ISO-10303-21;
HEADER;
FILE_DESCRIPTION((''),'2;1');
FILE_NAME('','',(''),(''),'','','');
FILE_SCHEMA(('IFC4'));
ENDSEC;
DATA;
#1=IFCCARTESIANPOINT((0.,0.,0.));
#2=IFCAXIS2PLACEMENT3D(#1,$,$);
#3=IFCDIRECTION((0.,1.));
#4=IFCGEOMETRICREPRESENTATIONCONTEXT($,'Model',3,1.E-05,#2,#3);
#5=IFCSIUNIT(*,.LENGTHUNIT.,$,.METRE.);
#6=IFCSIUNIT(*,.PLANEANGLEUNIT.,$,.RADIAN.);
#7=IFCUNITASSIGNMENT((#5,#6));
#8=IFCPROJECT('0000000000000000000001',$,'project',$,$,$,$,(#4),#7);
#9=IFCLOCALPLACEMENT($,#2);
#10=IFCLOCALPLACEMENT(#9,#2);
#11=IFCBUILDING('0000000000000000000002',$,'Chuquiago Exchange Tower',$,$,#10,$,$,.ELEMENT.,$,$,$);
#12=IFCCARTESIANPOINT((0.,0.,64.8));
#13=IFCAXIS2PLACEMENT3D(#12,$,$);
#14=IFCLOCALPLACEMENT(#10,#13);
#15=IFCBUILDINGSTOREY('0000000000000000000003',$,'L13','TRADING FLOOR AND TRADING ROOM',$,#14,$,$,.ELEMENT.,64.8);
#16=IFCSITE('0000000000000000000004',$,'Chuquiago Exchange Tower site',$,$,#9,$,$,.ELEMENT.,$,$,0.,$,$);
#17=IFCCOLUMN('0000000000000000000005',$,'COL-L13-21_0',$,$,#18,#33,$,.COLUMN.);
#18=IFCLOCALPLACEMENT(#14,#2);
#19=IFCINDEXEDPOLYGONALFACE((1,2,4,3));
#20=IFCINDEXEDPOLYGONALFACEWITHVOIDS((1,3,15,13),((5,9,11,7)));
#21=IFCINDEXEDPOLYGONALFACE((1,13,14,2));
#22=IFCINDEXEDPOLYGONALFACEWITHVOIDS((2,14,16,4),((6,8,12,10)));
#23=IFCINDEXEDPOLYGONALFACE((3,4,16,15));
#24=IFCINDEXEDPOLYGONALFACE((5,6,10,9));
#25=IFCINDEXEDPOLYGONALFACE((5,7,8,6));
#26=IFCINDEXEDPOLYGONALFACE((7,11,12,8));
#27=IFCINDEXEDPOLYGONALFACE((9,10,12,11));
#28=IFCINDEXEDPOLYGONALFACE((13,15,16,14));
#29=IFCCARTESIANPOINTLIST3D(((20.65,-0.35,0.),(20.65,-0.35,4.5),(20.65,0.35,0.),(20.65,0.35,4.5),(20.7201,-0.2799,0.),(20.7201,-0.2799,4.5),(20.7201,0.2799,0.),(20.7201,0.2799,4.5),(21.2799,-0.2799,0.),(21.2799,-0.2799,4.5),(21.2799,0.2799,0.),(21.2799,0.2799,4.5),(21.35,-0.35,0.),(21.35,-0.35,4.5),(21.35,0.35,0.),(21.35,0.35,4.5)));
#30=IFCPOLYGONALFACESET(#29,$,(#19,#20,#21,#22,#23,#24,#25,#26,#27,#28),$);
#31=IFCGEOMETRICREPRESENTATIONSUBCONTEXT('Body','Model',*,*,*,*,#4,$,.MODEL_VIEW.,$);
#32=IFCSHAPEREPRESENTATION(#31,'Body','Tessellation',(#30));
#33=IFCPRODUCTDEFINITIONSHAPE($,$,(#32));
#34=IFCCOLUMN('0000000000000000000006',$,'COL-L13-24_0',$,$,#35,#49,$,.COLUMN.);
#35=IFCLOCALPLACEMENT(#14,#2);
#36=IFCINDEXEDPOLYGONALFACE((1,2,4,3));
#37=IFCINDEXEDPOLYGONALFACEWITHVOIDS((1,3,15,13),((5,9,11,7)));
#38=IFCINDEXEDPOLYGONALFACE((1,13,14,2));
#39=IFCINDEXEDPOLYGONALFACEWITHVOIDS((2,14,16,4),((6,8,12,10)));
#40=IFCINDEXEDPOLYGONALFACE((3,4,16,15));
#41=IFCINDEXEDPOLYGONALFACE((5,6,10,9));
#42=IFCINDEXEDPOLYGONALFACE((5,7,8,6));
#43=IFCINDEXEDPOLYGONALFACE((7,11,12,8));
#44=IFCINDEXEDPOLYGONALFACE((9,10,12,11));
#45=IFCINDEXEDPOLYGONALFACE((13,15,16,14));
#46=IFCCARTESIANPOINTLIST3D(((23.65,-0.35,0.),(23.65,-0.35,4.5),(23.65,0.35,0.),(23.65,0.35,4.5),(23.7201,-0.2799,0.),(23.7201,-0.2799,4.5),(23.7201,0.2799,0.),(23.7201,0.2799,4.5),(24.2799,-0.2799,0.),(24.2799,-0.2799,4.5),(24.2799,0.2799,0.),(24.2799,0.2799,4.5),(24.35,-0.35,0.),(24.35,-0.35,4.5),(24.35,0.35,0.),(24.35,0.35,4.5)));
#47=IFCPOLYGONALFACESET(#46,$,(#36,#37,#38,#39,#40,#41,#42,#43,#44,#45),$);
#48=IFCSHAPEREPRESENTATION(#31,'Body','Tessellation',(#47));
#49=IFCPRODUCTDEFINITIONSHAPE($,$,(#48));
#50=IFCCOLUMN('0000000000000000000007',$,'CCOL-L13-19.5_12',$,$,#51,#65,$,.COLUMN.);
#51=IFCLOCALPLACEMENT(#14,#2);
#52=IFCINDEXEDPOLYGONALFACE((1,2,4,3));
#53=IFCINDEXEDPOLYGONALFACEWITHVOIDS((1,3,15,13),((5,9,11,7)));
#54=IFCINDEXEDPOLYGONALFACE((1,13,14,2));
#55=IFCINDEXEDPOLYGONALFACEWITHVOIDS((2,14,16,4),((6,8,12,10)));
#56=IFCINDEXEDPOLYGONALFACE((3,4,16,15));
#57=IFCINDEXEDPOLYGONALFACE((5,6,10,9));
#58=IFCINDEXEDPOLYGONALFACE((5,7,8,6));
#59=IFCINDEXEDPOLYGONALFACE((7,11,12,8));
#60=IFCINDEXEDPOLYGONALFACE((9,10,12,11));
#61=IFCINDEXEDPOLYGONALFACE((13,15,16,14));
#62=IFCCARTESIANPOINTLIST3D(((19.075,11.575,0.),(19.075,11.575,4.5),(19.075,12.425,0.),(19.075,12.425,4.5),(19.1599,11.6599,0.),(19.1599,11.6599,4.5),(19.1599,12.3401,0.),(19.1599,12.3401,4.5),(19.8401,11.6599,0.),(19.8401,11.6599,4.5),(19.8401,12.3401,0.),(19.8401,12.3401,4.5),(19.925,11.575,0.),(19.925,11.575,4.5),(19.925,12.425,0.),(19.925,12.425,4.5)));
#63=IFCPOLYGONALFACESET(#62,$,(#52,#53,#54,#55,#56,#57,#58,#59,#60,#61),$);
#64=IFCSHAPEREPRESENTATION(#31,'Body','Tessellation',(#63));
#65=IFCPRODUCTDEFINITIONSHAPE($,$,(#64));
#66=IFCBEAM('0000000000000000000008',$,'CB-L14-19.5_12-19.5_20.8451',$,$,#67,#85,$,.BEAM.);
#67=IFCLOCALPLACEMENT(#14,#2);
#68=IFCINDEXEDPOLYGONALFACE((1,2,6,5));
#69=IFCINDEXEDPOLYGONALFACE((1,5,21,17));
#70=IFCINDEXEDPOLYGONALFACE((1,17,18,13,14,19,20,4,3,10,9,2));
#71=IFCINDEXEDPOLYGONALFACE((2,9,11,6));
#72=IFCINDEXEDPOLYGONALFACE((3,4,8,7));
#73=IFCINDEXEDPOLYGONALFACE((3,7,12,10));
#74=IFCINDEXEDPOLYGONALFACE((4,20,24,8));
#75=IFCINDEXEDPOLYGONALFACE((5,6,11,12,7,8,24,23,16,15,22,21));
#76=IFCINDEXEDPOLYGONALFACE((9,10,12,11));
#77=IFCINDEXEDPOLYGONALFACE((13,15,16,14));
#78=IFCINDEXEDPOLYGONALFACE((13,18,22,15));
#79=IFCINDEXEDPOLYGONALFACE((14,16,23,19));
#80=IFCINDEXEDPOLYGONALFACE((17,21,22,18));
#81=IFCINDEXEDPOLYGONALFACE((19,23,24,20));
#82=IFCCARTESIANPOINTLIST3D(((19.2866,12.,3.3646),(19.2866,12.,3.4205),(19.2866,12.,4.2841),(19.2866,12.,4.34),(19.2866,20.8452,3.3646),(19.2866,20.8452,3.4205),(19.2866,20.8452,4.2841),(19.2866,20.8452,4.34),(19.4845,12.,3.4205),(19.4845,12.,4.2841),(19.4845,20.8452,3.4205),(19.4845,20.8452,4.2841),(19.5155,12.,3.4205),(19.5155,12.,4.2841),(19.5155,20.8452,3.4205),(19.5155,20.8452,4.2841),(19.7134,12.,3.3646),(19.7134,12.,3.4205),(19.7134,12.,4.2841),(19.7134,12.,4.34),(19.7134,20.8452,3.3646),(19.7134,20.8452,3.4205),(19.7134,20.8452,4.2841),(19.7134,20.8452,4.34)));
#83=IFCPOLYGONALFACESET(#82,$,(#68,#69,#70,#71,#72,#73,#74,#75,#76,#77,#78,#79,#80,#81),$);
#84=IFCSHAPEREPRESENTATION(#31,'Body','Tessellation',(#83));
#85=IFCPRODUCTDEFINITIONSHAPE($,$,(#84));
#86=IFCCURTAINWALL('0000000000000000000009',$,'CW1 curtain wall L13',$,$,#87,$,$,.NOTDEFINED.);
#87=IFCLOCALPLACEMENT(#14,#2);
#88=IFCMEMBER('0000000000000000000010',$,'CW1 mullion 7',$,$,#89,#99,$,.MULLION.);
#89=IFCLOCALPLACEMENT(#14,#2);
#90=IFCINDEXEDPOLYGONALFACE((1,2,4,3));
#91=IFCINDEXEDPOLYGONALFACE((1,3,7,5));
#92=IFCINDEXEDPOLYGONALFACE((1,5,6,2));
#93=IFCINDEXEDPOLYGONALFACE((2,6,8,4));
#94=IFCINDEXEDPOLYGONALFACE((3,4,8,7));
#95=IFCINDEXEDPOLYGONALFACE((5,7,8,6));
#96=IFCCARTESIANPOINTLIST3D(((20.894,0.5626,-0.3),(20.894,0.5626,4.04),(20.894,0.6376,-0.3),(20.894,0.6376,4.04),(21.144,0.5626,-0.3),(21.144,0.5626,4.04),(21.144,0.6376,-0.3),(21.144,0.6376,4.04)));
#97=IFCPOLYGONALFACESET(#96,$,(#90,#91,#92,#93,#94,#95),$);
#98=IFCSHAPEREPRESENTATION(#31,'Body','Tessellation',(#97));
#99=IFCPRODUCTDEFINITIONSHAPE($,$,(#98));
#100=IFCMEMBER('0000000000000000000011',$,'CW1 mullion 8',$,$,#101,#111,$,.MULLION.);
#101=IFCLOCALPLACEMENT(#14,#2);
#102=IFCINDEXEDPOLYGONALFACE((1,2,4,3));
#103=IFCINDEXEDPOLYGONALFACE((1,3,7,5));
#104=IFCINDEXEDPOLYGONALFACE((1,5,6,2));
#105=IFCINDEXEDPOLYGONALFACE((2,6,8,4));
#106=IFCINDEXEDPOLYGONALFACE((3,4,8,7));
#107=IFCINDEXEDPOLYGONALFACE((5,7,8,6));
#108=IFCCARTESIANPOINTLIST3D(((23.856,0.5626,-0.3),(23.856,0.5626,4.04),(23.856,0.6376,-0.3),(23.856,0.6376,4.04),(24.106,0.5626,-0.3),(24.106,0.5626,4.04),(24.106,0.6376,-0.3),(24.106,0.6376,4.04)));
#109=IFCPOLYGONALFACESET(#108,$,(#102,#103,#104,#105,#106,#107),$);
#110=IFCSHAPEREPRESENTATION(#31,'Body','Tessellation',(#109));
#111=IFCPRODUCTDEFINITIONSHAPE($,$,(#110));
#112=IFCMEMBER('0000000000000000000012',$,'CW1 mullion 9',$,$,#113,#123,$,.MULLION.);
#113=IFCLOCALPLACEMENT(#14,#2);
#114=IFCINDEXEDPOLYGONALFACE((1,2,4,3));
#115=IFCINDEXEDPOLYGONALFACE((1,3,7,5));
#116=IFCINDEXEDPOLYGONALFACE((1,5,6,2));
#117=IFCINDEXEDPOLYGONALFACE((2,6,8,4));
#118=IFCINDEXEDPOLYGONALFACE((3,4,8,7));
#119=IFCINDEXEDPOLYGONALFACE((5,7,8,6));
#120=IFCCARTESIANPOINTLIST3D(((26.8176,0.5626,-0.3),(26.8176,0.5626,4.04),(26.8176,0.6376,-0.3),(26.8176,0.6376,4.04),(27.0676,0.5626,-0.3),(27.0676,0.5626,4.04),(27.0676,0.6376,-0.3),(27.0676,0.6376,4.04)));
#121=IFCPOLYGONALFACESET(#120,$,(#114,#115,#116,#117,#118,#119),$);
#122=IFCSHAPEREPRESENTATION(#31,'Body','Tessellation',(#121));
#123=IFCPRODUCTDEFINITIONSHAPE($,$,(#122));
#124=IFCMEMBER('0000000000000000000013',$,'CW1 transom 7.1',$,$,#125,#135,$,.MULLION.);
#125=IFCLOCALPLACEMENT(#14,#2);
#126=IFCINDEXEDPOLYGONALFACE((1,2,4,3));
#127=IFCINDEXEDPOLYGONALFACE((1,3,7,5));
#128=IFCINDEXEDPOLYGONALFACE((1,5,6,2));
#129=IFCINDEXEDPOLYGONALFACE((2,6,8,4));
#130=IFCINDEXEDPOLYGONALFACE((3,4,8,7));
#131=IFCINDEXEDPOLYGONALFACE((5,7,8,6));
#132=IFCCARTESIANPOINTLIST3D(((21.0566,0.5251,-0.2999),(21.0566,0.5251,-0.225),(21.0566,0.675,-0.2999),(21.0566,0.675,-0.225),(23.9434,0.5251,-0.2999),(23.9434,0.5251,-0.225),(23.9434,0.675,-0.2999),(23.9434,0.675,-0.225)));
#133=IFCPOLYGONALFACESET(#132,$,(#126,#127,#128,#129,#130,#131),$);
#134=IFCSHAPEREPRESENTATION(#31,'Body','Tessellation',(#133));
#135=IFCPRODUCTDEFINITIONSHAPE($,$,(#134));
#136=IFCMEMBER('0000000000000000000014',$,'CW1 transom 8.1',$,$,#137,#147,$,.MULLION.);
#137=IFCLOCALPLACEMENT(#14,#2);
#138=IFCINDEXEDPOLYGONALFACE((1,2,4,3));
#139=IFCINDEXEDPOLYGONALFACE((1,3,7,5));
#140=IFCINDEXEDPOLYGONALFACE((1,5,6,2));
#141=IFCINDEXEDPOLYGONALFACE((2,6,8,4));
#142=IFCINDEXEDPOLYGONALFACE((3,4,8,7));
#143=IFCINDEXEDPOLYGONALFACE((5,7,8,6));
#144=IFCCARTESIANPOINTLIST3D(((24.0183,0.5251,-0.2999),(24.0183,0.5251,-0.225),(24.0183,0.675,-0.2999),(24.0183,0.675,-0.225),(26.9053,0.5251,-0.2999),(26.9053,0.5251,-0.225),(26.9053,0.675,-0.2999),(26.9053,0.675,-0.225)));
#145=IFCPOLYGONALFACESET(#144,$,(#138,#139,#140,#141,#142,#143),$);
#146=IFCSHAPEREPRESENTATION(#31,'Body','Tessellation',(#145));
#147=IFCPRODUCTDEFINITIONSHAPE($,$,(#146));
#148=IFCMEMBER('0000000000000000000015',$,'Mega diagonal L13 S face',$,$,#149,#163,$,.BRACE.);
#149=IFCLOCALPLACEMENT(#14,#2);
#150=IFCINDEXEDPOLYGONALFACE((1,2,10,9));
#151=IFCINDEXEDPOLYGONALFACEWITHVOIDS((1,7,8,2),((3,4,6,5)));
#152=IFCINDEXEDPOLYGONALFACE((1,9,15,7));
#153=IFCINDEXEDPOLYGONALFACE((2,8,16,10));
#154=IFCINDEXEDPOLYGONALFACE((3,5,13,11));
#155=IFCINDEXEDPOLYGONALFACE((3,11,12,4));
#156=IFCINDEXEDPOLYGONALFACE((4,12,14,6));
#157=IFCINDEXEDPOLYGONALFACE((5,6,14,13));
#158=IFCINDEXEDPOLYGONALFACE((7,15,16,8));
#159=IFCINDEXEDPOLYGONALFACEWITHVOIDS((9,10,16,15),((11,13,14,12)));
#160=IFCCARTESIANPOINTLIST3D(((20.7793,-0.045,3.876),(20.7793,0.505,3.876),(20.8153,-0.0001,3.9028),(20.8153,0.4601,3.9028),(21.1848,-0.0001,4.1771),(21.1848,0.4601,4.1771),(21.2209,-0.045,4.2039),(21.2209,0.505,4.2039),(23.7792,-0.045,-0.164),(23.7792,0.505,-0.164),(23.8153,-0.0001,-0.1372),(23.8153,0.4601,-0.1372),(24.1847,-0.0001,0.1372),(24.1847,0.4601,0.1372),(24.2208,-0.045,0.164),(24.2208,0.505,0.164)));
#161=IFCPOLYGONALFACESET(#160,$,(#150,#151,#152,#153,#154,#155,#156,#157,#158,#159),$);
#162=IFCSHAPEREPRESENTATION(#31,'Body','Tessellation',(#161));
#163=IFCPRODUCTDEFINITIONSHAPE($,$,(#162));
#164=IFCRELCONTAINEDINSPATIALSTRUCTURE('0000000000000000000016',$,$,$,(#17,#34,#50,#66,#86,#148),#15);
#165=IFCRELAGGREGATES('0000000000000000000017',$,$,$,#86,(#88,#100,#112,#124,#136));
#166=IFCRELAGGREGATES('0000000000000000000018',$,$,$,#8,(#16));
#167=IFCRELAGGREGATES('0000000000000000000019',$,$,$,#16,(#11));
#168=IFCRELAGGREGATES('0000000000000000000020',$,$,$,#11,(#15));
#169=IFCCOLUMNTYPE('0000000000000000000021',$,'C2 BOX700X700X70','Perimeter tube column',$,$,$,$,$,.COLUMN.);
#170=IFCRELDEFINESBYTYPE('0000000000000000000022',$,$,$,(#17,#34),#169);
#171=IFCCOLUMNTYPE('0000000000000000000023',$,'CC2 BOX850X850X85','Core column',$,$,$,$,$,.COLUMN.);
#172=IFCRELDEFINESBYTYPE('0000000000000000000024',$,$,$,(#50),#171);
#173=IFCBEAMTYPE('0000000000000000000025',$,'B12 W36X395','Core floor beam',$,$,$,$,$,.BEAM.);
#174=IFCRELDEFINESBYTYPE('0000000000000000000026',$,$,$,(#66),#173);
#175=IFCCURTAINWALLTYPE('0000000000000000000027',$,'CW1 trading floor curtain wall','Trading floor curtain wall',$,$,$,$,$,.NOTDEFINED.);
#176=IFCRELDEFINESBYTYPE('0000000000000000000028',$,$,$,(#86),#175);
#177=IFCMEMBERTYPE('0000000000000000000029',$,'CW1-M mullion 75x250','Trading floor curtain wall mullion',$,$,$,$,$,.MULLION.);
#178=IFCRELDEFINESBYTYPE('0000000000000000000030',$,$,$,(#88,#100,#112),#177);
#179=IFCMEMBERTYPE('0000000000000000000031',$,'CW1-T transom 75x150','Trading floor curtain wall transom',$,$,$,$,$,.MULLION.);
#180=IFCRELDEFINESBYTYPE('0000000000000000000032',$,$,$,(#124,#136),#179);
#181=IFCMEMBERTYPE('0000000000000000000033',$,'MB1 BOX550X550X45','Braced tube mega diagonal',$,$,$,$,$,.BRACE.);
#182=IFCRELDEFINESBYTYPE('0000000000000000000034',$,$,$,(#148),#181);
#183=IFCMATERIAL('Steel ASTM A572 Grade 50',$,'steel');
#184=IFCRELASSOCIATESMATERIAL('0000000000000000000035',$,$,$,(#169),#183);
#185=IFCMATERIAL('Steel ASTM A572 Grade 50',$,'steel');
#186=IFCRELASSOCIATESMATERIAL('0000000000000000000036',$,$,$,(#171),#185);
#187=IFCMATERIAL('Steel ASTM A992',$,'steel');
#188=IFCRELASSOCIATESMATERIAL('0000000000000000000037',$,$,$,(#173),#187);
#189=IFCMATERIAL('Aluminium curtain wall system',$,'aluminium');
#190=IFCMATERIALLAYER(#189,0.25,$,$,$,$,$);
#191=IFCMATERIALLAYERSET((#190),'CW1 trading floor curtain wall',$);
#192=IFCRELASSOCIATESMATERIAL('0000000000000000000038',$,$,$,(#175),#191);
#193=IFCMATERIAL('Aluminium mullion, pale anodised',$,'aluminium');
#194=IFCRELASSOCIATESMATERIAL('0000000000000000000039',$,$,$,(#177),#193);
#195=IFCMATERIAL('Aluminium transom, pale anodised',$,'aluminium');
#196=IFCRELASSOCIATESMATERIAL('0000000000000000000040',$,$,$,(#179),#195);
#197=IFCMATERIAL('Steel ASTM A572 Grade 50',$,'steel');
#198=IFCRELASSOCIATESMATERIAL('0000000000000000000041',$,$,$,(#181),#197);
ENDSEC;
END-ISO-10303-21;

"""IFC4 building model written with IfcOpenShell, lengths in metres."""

from ifc_helpers import new_model, si_unit, direction, frame, origin, origin_2d, place, context, subcontext, project, spatial, rectangle, hollow_rectangle, i_section, extrude, material, layer, layer_set, material_profile, profile_set, type_object, element, aggregate, save


model = new_model("IFC4")

# Units and contexts
model_context = context("Model", 3, precision=1e-05, world=origin(), true_north=direction((0.0, 1.0)))
body_context = subcontext(model_context, "Body", "Model", "MODEL_VIEW")
ifc_project = project(units=[si_unit("LENGTHUNIT", "METRE"), si_unit("PLANEANGLEUNIT", "RADIAN")], contexts=[model_context])

# Site, building, storey
site_placement = place(None, origin())
site = spatial("IfcSite", under=ifc_project, at=site_placement, Name="Chuquiago Exchange Tower site", CompositionType="ELEMENT", RefElevation=0.0)
building_placement = place(site_placement, origin())
building = spatial("IfcBuilding", under=site, at=building_placement, Name="Chuquiago Exchange Tower", CompositionType="ELEMENT")
storey_placement = place(building_placement, frame((0.0, 0.0, 64.8)))
storey = spatial("IfcBuildingStorey", under=building, at=storey_placement, Name="L13", Description="TRADING FLOOR AND TRADING ROOM", CompositionType="ELEMENT", Elevation=64.8)

# Columns
ifc_material_1 = material(Name="Steel ASTM A572 Grade 50", Category="steel")
ifc_material_profile_1 = material_profile(ifc_material_1, hollow_rectangle(XDim=0.7, YDim=0.7, WallThickness=0.0701, at=origin_2d()), Name="BOX700X700X70")
ifc_profile_set_1 = profile_set([ifc_material_profile_1], Name="Steel ASTM A572 Grade 50")
column_type_1 = type_object("IfcColumnType", Name="C2 BOX700X700X70", Description="Perimeter tube column", PredefinedType="COLUMN", material=ifc_profile_set_1)
for number, where, z_axis, x_axis, name in (
    (1, (21.0, 0.0, 0.0), (0.0, 0.0, 1.0), (0.0, -1.0, 0.0), "COL-L13-21_0"),
    (2, (24.0, 0.0, 0.0), (0.0, 0.0, 1.0), (0.0, -1.0, 0.0), "COL-L13-24_0"),
):
    element("IfcColumn", number, at=place(storey_placement, frame(where, z_axis=z_axis, x_axis=x_axis)), inside=storey, type_object=column_type_1, Name=name, PredefinedType="COLUMN", context=body_context, shape_type="SweptSolid", body=[
        extrude(hollow_rectangle(XDim=0.7, YDim=0.7, WallThickness=0.0701, at=origin_2d()), origin(), (0.0, 0.0, 1.0), 4.5),
    ])
ifc_material_2 = material(Name="Steel ASTM A572 Grade 50", Category="steel")
ifc_material_profile_2 = material_profile(ifc_material_2, hollow_rectangle(XDim=0.8501, YDim=0.8501, WallThickness=0.085, at=origin_2d()), Name="BOX850X850X85")
ifc_profile_set_2 = profile_set([ifc_material_profile_2], Name="Steel ASTM A572 Grade 50")
column_type_2 = type_object("IfcColumnType", Name="CC2 BOX850X850X85", Description="Core column", PredefinedType="COLUMN", material=ifc_profile_set_2)
column_placement = place(storey_placement, frame((19.5, 12.0, 0.0), z_axis=(0.0, 0.0, 1.0), x_axis=(1.0, 0.0, 0.0)))
element("IfcColumn", 3, at=column_placement, inside=storey, type_object=column_type_2, Name="CCOL-L13-19.5_12", PredefinedType="COLUMN", context=body_context, shape_type="SweptSolid", body=[
    extrude(hollow_rectangle(XDim=0.8501, YDim=0.8501, WallThickness=0.085, at=origin_2d()), origin(), (0.0, 0.0, 1.0), 4.5),
])

# Beam
ifc_material_3 = material(Name="Steel ASTM A992", Category="steel")
ifc_material_profile_3 = material_profile(ifc_material_3, i_section(OverallWidth=0.4268, OverallDepth=0.9753, WebThickness=0.031, FlangeThickness=0.0559, at=origin_2d()), Name="W36X395")
ifc_profile_set_3 = profile_set([ifc_material_profile_3], Name="Steel ASTM A992")
beam_type_1 = type_object("IfcBeamType", Name="B12 W36X395", Description="Core floor beam", PredefinedType="BEAM", material=ifc_profile_set_3)
beam_placement = place(storey_placement, frame((19.5, 12.0, 3.8523), z_axis=(0.0, 1.0, 0.0), x_axis=(-1.0, 0.0, 0.0)))
element("IfcBeam", 4, at=beam_placement, inside=storey, type_object=beam_type_1, Name="CB-L14-19.5_12-19.5_20.8451", PredefinedType="BEAM", context=body_context, shape_type="SweptSolid", body=[
    extrude(i_section(OverallWidth=0.4268, OverallDepth=0.9753, WebThickness=0.031, FlangeThickness=0.0559, at=origin_2d()), origin(), (0.0, 0.0, 1.0), 8.8452),
])

# Curtain wall, members
ifc_material_4 = material(Name="Aluminium curtain wall system", Category="aluminium")
ifc_layer_1 = layer(ifc_material_4, 0.25)
ifc_layer_set_1 = layer_set([ifc_layer_1], Name="CW1 trading floor curtain wall")
curtain_wall_type = type_object("IfcCurtainWallType", Name="CW1 trading floor curtain wall", Description="Trading floor curtain wall", PredefinedType="NOTDEFINED", material=ifc_layer_set_1)
curtain_wall_placement = place(storey_placement, origin())
curtain_wall = element("IfcCurtainWall", 5, at=curtain_wall_placement, inside=storey, type_object=curtain_wall_type, Name="CW1 curtain wall L13", PredefinedType="NOTDEFINED")
ifc_material_5 = material(Name="Aluminium mullion, pale anodised", Category="aluminium")
ifc_material_profile_4 = material_profile(ifc_material_5, rectangle(XDim=0.075, YDim=0.25, at=origin_2d()), Name="AL 75x250")
ifc_profile_set_4 = profile_set([ifc_material_profile_4], Name="Aluminium mullion, pale anodised")
member_type_1 = type_object("IfcMemberType", Name="CW1-M mullion 75x250", Description="Trading floor curtain wall mullion", PredefinedType="MULLION", material=ifc_profile_set_4)
member_1_placement = place(storey_placement, frame((21.019, 0.6001, -0.3), z_axis=(0.0, 0.0, 1.0), x_axis=(0.0, 1.0, 0.0)))
member_1 = element("IfcMember", 6, at=member_1_placement, type_object=member_type_1, Name="CW1 mullion 7", PredefinedType="MULLION", context=body_context, shape_type="SweptSolid", body=[
    extrude(rectangle(XDim=0.075, YDim=0.25, at=origin_2d()), origin(), (0.0, 0.0, 1.0), 4.3401),
])
member_2_placement = place(storey_placement, frame((23.981, 0.6001, -0.3), z_axis=(0.0, 0.0, 1.0), x_axis=(0.0, 1.0, 0.0)))
member_2 = element("IfcMember", 7, at=member_2_placement, type_object=member_type_1, Name="CW1 mullion 8", PredefinedType="MULLION", context=body_context, shape_type="SweptSolid", body=[
    extrude(rectangle(XDim=0.075, YDim=0.25, at=origin_2d()), origin(), (0.0, 0.0, 1.0), 4.3401),
])
member_3_placement = place(storey_placement, frame((26.9426, 0.6001, -0.3), z_axis=(0.0, 0.0, 1.0), x_axis=(0.0, 1.0, 0.0)))
member_3 = element("IfcMember", 8, at=member_3_placement, type_object=member_type_1, Name="CW1 mullion 9", PredefinedType="MULLION", context=body_context, shape_type="SweptSolid", body=[
    extrude(rectangle(XDim=0.075, YDim=0.25, at=origin_2d()), origin(), (0.0, 0.0, 1.0), 4.3401),
])
ifc_material_6 = material(Name="Aluminium transom, pale anodised", Category="aluminium")
ifc_material_profile_5 = material_profile(ifc_material_6, rectangle(XDim=0.1499, YDim=0.075, at=origin_2d()), Name="AL 150x75")
ifc_profile_set_5 = profile_set([ifc_material_profile_5], Name="Aluminium transom, pale anodised")
member_type_2 = type_object("IfcMemberType", Name="CW1-T transom 75x150", Description="Trading floor curtain wall transom", PredefinedType="MULLION", material=ifc_profile_set_5)
member_4_placement = place(storey_placement, frame((21.0566, 0.6001, -0.2625), z_axis=(1.0, 0.0, 0.0), x_axis=(0.0, 1.0, 0.0)))
member_4 = element("IfcMember", 9, at=member_4_placement, type_object=member_type_2, Name="CW1 transom 7.1", PredefinedType="MULLION", context=body_context, shape_type="SweptSolid", body=[
    extrude(rectangle(XDim=0.1499, YDim=0.075, at=origin_2d()), origin(), (0.0, 0.0, 1.0), 2.8867),
])
member_5_placement = place(storey_placement, frame((24.0183, 0.6001, -0.2625), z_axis=(1.0, 0.0, 0.0), x_axis=(0.0, 1.0, 0.0)))
member_5 = element("IfcMember", 10, at=member_5_placement, type_object=member_type_2, Name="CW1 transom 8.1", PredefinedType="MULLION", context=body_context, shape_type="SweptSolid", body=[
    extrude(rectangle(XDim=0.1499, YDim=0.075, at=origin_2d()), origin(), (0.0, 0.0, 1.0), 2.887),
])

# Member
ifc_material_7 = material(Name="Steel ASTM A572 Grade 50", Category="steel")
ifc_material_profile_6 = material_profile(ifc_material_7, hollow_rectangle(XDim=0.55, YDim=0.55, WallThickness=0.0449, at=origin_2d()), Name="BOX550X550X45")
ifc_profile_set_6 = profile_set([ifc_material_profile_6], Name="Steel ASTM A572 Grade 50")
member_type_3 = type_object("IfcMemberType", Name="MB1 BOX550X550X45", Description="Braced tube mega diagonal", PredefinedType="BRACE", material=ifc_profile_set_6)
member_6_placement = place(storey_placement, frame((24.0, 0.23, 0.0), z_axis=(-0.596174, 0.0, 0.802855), x_axis=(0.0, -1.0, 0.0)))
element("IfcMember", 11, at=member_6_placement, inside=storey, type_object=member_type_3, Name="Mega diagonal L13 S face", PredefinedType="BRACE", context=body_context, shape_type="SweptSolid", body=[
    extrude(hollow_rectangle(XDim=0.55, YDim=0.55, WallThickness=0.0449, at=origin_2d()), origin(), (0.0, 0.0, 1.0), 5.032),
])

aggregate(curtain_wall, [member_1, member_2, member_3, member_4, member_5])

save(model, "model.ifc")
